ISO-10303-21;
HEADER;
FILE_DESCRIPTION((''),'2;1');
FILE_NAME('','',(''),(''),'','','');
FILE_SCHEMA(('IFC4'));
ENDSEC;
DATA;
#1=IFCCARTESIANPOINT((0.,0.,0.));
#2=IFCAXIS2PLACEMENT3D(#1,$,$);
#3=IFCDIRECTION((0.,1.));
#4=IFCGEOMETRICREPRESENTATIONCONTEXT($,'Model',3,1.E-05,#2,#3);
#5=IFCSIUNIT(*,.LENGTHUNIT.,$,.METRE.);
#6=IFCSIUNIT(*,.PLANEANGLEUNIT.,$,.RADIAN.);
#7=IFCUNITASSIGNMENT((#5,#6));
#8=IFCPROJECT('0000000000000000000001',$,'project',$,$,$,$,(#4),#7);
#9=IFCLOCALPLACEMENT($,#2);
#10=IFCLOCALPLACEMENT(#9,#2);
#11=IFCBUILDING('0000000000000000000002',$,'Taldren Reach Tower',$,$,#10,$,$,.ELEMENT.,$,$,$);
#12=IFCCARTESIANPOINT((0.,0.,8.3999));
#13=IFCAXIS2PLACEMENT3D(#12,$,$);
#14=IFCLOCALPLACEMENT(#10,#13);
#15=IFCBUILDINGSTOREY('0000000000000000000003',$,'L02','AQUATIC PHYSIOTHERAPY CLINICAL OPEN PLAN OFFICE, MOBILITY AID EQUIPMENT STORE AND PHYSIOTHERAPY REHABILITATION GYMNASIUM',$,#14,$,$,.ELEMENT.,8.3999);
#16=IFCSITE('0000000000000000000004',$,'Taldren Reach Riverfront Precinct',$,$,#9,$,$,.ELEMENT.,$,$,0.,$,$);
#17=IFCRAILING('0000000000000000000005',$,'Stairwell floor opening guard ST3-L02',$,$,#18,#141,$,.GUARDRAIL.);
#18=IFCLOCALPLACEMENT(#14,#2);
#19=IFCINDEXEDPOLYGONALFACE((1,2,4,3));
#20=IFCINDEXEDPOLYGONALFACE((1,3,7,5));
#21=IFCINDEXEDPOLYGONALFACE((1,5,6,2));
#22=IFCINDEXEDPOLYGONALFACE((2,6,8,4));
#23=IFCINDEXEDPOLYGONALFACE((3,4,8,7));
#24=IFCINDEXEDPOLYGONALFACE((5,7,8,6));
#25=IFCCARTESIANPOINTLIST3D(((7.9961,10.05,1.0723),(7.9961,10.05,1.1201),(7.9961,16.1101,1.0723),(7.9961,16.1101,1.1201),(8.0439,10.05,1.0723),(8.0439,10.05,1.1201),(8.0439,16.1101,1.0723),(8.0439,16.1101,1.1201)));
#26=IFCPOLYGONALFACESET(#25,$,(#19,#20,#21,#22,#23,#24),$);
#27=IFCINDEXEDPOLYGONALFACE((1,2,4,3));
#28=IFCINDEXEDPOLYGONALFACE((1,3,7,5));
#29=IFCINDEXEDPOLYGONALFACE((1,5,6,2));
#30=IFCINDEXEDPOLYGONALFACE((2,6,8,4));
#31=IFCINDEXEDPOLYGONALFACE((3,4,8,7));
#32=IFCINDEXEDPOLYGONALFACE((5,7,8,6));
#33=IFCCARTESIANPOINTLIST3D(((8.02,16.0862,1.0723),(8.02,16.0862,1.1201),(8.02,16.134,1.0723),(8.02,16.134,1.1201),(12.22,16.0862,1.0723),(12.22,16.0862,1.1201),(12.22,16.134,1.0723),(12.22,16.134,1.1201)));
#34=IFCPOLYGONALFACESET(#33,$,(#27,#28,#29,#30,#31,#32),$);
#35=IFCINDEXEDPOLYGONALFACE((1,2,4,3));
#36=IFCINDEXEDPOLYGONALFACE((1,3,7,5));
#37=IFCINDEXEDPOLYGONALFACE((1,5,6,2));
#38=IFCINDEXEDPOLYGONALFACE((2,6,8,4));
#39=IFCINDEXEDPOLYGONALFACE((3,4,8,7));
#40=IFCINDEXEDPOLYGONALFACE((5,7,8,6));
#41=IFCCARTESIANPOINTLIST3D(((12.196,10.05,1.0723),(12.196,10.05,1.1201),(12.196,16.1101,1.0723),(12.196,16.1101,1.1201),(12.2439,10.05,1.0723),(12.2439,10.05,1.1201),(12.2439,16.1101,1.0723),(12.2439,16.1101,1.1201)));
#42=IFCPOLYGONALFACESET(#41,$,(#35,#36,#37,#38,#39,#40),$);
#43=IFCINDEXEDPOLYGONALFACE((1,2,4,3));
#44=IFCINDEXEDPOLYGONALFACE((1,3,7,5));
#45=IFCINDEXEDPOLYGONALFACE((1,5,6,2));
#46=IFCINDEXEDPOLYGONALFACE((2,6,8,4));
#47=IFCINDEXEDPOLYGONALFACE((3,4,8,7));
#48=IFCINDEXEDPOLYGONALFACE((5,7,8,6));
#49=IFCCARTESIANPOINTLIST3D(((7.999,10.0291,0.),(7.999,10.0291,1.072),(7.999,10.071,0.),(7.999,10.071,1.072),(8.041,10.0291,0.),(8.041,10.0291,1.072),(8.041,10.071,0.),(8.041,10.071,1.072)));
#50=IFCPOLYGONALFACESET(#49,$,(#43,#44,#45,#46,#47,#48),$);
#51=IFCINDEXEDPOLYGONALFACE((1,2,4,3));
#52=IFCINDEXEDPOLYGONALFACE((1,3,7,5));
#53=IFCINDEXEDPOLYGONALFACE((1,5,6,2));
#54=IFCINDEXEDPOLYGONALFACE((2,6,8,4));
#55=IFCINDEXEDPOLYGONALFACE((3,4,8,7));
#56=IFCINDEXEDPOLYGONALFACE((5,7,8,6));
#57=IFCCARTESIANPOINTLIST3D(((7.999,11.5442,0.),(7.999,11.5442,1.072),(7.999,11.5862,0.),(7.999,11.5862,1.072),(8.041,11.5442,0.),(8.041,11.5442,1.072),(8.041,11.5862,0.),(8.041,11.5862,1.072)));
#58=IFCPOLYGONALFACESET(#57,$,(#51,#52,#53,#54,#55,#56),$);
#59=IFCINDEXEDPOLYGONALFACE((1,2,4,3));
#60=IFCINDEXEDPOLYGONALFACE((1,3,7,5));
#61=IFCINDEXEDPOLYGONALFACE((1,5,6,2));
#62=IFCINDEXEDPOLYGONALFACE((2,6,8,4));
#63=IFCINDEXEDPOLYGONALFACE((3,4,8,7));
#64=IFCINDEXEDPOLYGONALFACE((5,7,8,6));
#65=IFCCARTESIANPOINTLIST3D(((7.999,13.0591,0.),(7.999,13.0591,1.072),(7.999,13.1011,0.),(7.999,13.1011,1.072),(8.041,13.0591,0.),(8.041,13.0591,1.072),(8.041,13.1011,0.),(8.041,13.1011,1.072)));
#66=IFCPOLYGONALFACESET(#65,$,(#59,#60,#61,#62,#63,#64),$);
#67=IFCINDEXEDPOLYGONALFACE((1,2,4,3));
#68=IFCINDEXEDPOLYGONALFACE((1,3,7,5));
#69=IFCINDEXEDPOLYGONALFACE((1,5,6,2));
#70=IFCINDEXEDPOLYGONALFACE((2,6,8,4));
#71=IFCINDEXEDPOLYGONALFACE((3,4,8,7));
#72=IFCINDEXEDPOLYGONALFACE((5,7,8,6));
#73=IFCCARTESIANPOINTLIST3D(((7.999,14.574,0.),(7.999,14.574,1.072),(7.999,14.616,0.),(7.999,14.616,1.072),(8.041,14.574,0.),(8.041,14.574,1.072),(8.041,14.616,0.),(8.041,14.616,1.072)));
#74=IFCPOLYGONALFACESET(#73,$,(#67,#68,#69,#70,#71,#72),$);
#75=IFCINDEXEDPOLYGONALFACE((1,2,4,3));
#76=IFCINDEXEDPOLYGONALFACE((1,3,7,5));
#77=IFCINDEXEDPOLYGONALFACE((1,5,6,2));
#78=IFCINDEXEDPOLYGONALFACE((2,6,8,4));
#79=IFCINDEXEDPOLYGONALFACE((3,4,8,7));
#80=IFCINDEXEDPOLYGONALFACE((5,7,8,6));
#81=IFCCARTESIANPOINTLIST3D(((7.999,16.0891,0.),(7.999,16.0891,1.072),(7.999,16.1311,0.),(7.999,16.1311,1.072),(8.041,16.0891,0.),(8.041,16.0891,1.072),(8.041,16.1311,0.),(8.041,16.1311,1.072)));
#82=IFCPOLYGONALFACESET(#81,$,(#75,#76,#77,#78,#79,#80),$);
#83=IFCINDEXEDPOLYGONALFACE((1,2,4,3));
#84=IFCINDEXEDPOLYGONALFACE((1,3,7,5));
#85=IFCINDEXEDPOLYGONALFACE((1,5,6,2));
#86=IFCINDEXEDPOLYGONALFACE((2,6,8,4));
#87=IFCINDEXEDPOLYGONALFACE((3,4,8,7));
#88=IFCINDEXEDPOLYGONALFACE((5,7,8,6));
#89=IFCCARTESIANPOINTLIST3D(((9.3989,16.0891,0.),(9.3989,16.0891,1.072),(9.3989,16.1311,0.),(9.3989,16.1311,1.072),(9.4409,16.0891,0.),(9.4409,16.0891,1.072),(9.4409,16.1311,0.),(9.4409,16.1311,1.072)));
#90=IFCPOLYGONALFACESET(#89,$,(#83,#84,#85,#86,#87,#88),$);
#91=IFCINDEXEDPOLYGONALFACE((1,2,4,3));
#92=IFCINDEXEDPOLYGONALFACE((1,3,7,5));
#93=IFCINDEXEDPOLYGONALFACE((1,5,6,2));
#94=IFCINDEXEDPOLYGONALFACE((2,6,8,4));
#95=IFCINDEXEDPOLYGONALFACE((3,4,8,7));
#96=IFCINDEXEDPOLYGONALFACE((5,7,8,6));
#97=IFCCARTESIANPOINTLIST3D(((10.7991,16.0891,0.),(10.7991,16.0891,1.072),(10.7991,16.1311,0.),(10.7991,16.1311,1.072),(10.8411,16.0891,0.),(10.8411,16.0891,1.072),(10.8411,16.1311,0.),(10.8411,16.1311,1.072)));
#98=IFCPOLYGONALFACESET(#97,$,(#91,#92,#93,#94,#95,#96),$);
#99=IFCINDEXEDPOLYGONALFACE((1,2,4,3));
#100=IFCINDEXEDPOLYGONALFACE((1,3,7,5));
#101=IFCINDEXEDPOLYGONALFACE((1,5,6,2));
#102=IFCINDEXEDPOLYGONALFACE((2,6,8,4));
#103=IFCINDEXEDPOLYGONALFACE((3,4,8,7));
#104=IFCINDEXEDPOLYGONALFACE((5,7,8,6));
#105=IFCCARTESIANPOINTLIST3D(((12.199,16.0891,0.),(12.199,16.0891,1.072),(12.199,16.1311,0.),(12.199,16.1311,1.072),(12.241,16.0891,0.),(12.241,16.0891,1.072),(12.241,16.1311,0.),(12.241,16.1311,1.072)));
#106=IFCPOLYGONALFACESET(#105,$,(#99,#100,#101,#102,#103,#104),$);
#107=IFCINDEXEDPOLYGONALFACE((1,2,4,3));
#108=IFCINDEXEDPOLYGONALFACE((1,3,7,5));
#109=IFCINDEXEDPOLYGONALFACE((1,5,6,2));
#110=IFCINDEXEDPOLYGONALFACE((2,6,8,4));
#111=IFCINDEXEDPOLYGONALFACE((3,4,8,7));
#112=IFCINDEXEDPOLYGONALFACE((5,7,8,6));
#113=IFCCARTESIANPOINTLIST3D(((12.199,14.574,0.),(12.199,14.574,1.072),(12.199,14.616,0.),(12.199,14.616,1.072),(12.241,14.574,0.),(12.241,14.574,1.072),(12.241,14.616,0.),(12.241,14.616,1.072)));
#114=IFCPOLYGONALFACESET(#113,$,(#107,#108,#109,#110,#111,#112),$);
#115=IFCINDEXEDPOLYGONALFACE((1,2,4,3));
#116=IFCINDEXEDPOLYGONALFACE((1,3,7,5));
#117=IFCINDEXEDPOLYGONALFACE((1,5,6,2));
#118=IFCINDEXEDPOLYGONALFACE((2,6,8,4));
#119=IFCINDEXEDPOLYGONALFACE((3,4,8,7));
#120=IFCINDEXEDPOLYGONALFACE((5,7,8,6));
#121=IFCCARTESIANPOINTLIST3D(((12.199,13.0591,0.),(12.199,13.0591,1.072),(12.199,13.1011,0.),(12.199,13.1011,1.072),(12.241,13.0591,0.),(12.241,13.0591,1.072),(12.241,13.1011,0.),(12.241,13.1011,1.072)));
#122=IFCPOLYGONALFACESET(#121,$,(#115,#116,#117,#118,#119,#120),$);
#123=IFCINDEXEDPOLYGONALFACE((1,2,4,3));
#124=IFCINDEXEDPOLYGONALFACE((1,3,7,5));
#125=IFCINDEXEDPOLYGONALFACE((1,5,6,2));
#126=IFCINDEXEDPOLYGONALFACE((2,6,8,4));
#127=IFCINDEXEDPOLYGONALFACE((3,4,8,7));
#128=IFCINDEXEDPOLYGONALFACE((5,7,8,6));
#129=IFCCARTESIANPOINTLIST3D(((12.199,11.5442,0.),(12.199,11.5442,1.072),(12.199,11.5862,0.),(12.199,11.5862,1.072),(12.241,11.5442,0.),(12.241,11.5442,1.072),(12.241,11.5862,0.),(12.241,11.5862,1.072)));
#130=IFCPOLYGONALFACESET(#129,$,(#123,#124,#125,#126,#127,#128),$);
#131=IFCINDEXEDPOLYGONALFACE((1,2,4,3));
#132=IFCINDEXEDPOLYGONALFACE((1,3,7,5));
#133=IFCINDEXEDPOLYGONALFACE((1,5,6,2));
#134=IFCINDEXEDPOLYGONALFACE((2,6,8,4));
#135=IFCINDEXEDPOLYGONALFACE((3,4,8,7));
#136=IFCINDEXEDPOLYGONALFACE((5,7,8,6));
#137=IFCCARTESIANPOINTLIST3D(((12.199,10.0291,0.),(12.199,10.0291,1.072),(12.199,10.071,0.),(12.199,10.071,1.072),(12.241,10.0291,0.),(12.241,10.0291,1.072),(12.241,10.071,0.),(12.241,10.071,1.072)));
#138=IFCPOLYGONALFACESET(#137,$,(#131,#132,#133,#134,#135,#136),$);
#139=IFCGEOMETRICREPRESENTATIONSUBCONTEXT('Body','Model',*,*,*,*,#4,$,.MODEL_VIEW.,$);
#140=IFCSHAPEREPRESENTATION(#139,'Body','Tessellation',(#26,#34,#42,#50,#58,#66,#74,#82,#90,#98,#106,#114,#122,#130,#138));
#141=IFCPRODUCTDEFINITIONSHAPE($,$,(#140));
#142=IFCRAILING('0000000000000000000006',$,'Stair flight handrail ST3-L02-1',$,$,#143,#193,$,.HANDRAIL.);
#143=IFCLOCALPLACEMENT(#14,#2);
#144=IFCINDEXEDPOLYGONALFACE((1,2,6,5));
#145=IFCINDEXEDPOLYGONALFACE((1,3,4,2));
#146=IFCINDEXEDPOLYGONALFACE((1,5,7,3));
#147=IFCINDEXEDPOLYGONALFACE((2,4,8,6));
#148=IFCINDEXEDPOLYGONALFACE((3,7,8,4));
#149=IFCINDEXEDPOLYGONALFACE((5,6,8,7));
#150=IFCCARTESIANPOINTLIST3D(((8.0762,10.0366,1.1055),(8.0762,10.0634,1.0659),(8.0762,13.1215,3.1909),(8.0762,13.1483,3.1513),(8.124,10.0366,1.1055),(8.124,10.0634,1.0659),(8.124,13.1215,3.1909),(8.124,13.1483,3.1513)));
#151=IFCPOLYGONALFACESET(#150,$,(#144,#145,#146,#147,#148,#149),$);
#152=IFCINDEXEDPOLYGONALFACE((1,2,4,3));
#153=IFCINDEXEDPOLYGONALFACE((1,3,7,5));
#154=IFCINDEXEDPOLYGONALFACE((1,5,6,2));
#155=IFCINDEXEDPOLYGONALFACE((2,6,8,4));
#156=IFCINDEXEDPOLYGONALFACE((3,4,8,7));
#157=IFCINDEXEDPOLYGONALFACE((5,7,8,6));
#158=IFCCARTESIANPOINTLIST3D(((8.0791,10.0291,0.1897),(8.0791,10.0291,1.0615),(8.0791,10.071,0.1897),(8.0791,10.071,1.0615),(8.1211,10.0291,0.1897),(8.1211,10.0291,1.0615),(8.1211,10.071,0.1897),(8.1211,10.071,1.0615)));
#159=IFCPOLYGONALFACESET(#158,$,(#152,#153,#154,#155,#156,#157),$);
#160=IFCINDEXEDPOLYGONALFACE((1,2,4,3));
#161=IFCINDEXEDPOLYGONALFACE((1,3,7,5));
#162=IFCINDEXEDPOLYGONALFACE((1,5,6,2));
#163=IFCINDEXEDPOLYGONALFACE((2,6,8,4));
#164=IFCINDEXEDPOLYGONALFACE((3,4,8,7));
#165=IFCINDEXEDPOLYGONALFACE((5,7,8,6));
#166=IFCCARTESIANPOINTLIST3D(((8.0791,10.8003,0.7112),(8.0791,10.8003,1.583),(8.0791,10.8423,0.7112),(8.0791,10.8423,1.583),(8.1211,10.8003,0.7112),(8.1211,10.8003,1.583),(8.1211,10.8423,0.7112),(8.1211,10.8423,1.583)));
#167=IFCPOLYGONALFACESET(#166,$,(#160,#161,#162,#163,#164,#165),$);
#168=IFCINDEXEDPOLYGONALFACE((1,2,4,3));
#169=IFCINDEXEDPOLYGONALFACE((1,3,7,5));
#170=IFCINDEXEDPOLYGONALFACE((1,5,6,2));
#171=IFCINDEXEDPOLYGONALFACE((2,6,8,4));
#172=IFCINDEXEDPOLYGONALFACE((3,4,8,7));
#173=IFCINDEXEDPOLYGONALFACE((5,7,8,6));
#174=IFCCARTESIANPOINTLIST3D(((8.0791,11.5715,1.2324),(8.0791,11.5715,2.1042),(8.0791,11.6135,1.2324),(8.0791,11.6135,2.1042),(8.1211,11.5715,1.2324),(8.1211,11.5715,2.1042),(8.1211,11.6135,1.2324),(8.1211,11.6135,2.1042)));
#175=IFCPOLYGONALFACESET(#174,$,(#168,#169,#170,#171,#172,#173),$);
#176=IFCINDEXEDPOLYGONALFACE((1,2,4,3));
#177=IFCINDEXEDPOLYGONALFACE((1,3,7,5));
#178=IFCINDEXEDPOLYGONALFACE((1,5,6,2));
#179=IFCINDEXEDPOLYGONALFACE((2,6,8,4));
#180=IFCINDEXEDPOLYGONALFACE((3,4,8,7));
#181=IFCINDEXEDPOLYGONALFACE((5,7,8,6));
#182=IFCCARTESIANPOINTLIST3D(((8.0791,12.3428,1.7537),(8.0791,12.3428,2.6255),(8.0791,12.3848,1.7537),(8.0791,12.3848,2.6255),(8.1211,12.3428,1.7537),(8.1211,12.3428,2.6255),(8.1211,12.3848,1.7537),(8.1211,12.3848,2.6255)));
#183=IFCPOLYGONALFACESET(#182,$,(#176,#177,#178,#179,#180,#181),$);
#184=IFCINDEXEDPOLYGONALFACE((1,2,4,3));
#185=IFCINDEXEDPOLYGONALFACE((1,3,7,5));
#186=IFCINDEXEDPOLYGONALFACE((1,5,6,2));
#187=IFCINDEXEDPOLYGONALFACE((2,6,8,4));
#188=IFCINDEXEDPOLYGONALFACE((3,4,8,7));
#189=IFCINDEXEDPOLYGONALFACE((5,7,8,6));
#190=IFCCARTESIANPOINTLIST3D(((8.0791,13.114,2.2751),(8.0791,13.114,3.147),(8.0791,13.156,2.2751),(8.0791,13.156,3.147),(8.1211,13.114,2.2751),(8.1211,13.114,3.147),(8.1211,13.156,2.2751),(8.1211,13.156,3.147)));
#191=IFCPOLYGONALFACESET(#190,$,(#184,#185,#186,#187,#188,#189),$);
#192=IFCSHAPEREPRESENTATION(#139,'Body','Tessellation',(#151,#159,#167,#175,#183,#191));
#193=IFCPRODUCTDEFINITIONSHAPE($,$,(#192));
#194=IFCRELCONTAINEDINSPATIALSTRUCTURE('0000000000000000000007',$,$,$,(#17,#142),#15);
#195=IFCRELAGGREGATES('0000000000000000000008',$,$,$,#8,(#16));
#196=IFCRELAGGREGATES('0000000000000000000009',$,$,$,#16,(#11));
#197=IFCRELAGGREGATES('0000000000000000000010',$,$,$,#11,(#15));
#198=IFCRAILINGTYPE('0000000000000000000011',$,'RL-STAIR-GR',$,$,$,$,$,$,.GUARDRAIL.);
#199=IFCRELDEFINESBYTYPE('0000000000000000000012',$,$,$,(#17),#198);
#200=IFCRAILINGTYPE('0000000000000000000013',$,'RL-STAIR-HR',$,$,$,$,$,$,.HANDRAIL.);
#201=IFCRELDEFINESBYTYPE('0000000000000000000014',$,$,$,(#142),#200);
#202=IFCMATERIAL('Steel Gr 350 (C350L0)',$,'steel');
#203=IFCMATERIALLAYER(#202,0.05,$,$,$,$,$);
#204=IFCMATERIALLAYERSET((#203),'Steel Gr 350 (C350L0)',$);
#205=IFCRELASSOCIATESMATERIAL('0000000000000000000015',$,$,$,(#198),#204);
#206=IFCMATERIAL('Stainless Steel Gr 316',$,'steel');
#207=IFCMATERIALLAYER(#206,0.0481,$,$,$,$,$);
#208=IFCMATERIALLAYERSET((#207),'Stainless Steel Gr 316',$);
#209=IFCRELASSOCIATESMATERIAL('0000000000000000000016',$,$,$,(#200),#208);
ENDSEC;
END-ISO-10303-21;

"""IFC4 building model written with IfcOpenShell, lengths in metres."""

from ifc_helpers import new_model, si_unit, direction, frame, origin, origin_2d, place, context, subcontext, project, spatial, rectangle, extrude, material, layer, layer_set, type_object, element, save


model = new_model("IFC4")

# Units and contexts
model_context = context("Model", 3, precision=1e-05, world=origin(), true_north=direction((0.0, 1.0)))
body_context = subcontext(model_context, "Body", "Model", "MODEL_VIEW")
ifc_project = project(units=[si_unit("LENGTHUNIT", "METRE"), si_unit("PLANEANGLEUNIT", "RADIAN")], contexts=[model_context])

# Site, building, storey
site_placement = place(None, origin())
site = spatial("IfcSite", under=ifc_project, at=site_placement, Name="Taldren Reach Riverfront Precinct", CompositionType="ELEMENT", RefElevation=0.0)
building_placement = place(site_placement, origin())
building = spatial("IfcBuilding", under=site, at=building_placement, Name="Taldren Reach Tower", CompositionType="ELEMENT")
storey_placement = place(building_placement, frame((0.0, 0.0, 8.3999)))
storey = spatial("IfcBuildingStorey", under=building, at=storey_placement, Name="L02", Description="AQUATIC PHYSIOTHERAPY CLINICAL OPEN PLAN OFFICE, MOBILITY AID EQUIPMENT STORE AND PHYSIOTHERAPY REHABILITATION GYMNASIUM", CompositionType="ELEMENT", Elevation=8.3999)

# Shared definitions
ifc_material_1 = material(Name="Steel Gr 350 (C350L0)", Category="steel")

# Railings
ifc_layer_1 = layer(ifc_material_1, 0.05)
ifc_layer_set_1 = layer_set([ifc_layer_1], Name="Steel Gr 350 (C350L0)")
railing_type_1 = type_object("IfcRailingType", Name="RL-STAIR-GR", PredefinedType="GUARDRAIL", material=ifc_layer_set_1)
railing_1_placement = place(storey_placement, frame((8.02, 10.05, 0.0)))
element("IfcRailing", 1, at=railing_1_placement, inside=storey, type_object=railing_type_1, Name="Stairwell floor opening guard ST3-L02", PredefinedType="GUARDRAIL", context=body_context, shape_type="SweptSolid", body=[
    extrude(rectangle(XDim=0.0479, YDim=0.0479, at=origin_2d()), frame((0.0, 0.0, 1.0962), z_axis=(0.0, 1.0, 0.0), x_axis=(-1.0, 0.0, 0.0)), (0.0, 0.0, 1.0), 6.0601),
    extrude(rectangle(XDim=0.0479, YDim=0.0479, at=origin_2d()), frame((0.0, 6.0601, 1.0962), z_axis=(1.0, 0.0, 0.0), x_axis=(0.0, 1.0, 0.0)), (0.0, 0.0, 1.0), 4.2),
    extrude(rectangle(XDim=0.0479, YDim=0.0479, at=origin_2d()), frame((4.2, 6.0601, 1.0962), z_axis=(0.0, -1.0, 0.0), x_axis=(1.0, 0.0, 0.0)), (0.0, 0.0, 1.0), 6.0601),
    extrude(rectangle(XDim=0.042, YDim=0.042, at=origin_2d()), origin(), (0.0, 0.0, 1.0), 1.072),
    extrude(rectangle(XDim=0.042, YDim=0.042, at=origin_2d()), frame((0.0, 1.5151, 0.0)), (0.0, 0.0, 1.0), 1.072),
    extrude(rectangle(XDim=0.042, YDim=0.042, at=origin_2d()), frame((0.0, 3.03, 0.0)), (0.0, 0.0, 1.0), 1.072),
    extrude(rectangle(XDim=0.042, YDim=0.042, at=origin_2d()), frame((0.0, 4.5449, 0.0)), (0.0, 0.0, 1.0), 1.072),
    extrude(rectangle(XDim=0.042, YDim=0.042, at=origin_2d()), frame((0.0, 6.0601, 0.0)), (0.0, 0.0, 1.0), 1.072),
    extrude(rectangle(XDim=0.042, YDim=0.042, at=origin_2d()), frame((1.3999, 6.0601, 0.0)), (0.0, 0.0, 1.0), 1.072),
    extrude(rectangle(XDim=0.042, YDim=0.042, at=origin_2d()), frame((2.8, 6.0601, 0.0)), (0.0, 0.0, 1.0), 1.072),
    extrude(rectangle(XDim=0.042, YDim=0.042, at=origin_2d()), frame((4.2, 6.0601, 0.0)), (0.0, 0.0, 1.0), 1.072),
    extrude(rectangle(XDim=0.042, YDim=0.042, at=origin_2d()), frame((4.2, 4.5449, 0.0)), (0.0, 0.0, 1.0), 1.072),
    extrude(rectangle(XDim=0.042, YDim=0.042, at=origin_2d()), frame((4.2, 3.03, 0.0)), (0.0, 0.0, 1.0), 1.072),
    extrude(rectangle(XDim=0.042, YDim=0.042, at=origin_2d()), frame((4.2, 1.5151, 0.0)), (0.0, 0.0, 1.0), 1.072),
    extrude(rectangle(XDim=0.042, YDim=0.042, at=origin_2d()), frame((4.2, 0.0, 0.0)), (0.0, 0.0, 1.0), 1.072),
])
ifc_material_2 = material(Name="Stainless Steel Gr 316", Category="steel")
ifc_layer_2 = layer(ifc_material_2, 0.0481)
ifc_layer_set_2 = layer_set([ifc_layer_2], Name="Stainless Steel Gr 316")
railing_type_2 = type_object("IfcRailingType", Name="RL-STAIR-HR", PredefinedType="HANDRAIL", material=ifc_layer_set_2)
railing_2_placement = place(storey_placement, frame((8.1001, 10.05, 0.1897)))
element("IfcRailing", 2, at=railing_2_placement, inside=storey, type_object=railing_type_2, Name="Stair flight handrail ST3-L02-1", PredefinedType="HANDRAIL", context=body_context, shape_type="SweptSolid", body=[
    extrude(rectangle(XDim=0.0479, YDim=0.0479, at=origin_2d()), frame((0.0, 0.0, 0.896), z_axis=(0.0, 0.828462, 0.560045), x_axis=(-1.0, 0.0, 0.0)), (0.0, 0.0, 1.0), 3.7236),
    extrude(rectangle(XDim=0.042, YDim=0.042, at=origin_2d()), origin(), (0.0, 0.0, 1.0), 0.8718),
    extrude(rectangle(XDim=0.042, YDim=0.042, at=origin_2d()), frame((0.0, 0.7712, 0.5215)), (0.0, 0.0, 1.0), 0.8718),
    extrude(rectangle(XDim=0.042, YDim=0.042, at=origin_2d()), frame((0.0, 1.5425, 1.0427)), (0.0, 0.0, 1.0), 0.8718),
    extrude(rectangle(XDim=0.042, YDim=0.042, at=origin_2d()), frame((0.0, 2.3137, 1.564)), (0.0, 0.0, 1.0), 0.8718),
    extrude(rectangle(XDim=0.042, YDim=0.042, at=origin_2d()), frame((0.0, 3.085, 2.0854)), (0.0, 0.0, 1.0), 0.8718),
])

save(model, "model.ifc")
